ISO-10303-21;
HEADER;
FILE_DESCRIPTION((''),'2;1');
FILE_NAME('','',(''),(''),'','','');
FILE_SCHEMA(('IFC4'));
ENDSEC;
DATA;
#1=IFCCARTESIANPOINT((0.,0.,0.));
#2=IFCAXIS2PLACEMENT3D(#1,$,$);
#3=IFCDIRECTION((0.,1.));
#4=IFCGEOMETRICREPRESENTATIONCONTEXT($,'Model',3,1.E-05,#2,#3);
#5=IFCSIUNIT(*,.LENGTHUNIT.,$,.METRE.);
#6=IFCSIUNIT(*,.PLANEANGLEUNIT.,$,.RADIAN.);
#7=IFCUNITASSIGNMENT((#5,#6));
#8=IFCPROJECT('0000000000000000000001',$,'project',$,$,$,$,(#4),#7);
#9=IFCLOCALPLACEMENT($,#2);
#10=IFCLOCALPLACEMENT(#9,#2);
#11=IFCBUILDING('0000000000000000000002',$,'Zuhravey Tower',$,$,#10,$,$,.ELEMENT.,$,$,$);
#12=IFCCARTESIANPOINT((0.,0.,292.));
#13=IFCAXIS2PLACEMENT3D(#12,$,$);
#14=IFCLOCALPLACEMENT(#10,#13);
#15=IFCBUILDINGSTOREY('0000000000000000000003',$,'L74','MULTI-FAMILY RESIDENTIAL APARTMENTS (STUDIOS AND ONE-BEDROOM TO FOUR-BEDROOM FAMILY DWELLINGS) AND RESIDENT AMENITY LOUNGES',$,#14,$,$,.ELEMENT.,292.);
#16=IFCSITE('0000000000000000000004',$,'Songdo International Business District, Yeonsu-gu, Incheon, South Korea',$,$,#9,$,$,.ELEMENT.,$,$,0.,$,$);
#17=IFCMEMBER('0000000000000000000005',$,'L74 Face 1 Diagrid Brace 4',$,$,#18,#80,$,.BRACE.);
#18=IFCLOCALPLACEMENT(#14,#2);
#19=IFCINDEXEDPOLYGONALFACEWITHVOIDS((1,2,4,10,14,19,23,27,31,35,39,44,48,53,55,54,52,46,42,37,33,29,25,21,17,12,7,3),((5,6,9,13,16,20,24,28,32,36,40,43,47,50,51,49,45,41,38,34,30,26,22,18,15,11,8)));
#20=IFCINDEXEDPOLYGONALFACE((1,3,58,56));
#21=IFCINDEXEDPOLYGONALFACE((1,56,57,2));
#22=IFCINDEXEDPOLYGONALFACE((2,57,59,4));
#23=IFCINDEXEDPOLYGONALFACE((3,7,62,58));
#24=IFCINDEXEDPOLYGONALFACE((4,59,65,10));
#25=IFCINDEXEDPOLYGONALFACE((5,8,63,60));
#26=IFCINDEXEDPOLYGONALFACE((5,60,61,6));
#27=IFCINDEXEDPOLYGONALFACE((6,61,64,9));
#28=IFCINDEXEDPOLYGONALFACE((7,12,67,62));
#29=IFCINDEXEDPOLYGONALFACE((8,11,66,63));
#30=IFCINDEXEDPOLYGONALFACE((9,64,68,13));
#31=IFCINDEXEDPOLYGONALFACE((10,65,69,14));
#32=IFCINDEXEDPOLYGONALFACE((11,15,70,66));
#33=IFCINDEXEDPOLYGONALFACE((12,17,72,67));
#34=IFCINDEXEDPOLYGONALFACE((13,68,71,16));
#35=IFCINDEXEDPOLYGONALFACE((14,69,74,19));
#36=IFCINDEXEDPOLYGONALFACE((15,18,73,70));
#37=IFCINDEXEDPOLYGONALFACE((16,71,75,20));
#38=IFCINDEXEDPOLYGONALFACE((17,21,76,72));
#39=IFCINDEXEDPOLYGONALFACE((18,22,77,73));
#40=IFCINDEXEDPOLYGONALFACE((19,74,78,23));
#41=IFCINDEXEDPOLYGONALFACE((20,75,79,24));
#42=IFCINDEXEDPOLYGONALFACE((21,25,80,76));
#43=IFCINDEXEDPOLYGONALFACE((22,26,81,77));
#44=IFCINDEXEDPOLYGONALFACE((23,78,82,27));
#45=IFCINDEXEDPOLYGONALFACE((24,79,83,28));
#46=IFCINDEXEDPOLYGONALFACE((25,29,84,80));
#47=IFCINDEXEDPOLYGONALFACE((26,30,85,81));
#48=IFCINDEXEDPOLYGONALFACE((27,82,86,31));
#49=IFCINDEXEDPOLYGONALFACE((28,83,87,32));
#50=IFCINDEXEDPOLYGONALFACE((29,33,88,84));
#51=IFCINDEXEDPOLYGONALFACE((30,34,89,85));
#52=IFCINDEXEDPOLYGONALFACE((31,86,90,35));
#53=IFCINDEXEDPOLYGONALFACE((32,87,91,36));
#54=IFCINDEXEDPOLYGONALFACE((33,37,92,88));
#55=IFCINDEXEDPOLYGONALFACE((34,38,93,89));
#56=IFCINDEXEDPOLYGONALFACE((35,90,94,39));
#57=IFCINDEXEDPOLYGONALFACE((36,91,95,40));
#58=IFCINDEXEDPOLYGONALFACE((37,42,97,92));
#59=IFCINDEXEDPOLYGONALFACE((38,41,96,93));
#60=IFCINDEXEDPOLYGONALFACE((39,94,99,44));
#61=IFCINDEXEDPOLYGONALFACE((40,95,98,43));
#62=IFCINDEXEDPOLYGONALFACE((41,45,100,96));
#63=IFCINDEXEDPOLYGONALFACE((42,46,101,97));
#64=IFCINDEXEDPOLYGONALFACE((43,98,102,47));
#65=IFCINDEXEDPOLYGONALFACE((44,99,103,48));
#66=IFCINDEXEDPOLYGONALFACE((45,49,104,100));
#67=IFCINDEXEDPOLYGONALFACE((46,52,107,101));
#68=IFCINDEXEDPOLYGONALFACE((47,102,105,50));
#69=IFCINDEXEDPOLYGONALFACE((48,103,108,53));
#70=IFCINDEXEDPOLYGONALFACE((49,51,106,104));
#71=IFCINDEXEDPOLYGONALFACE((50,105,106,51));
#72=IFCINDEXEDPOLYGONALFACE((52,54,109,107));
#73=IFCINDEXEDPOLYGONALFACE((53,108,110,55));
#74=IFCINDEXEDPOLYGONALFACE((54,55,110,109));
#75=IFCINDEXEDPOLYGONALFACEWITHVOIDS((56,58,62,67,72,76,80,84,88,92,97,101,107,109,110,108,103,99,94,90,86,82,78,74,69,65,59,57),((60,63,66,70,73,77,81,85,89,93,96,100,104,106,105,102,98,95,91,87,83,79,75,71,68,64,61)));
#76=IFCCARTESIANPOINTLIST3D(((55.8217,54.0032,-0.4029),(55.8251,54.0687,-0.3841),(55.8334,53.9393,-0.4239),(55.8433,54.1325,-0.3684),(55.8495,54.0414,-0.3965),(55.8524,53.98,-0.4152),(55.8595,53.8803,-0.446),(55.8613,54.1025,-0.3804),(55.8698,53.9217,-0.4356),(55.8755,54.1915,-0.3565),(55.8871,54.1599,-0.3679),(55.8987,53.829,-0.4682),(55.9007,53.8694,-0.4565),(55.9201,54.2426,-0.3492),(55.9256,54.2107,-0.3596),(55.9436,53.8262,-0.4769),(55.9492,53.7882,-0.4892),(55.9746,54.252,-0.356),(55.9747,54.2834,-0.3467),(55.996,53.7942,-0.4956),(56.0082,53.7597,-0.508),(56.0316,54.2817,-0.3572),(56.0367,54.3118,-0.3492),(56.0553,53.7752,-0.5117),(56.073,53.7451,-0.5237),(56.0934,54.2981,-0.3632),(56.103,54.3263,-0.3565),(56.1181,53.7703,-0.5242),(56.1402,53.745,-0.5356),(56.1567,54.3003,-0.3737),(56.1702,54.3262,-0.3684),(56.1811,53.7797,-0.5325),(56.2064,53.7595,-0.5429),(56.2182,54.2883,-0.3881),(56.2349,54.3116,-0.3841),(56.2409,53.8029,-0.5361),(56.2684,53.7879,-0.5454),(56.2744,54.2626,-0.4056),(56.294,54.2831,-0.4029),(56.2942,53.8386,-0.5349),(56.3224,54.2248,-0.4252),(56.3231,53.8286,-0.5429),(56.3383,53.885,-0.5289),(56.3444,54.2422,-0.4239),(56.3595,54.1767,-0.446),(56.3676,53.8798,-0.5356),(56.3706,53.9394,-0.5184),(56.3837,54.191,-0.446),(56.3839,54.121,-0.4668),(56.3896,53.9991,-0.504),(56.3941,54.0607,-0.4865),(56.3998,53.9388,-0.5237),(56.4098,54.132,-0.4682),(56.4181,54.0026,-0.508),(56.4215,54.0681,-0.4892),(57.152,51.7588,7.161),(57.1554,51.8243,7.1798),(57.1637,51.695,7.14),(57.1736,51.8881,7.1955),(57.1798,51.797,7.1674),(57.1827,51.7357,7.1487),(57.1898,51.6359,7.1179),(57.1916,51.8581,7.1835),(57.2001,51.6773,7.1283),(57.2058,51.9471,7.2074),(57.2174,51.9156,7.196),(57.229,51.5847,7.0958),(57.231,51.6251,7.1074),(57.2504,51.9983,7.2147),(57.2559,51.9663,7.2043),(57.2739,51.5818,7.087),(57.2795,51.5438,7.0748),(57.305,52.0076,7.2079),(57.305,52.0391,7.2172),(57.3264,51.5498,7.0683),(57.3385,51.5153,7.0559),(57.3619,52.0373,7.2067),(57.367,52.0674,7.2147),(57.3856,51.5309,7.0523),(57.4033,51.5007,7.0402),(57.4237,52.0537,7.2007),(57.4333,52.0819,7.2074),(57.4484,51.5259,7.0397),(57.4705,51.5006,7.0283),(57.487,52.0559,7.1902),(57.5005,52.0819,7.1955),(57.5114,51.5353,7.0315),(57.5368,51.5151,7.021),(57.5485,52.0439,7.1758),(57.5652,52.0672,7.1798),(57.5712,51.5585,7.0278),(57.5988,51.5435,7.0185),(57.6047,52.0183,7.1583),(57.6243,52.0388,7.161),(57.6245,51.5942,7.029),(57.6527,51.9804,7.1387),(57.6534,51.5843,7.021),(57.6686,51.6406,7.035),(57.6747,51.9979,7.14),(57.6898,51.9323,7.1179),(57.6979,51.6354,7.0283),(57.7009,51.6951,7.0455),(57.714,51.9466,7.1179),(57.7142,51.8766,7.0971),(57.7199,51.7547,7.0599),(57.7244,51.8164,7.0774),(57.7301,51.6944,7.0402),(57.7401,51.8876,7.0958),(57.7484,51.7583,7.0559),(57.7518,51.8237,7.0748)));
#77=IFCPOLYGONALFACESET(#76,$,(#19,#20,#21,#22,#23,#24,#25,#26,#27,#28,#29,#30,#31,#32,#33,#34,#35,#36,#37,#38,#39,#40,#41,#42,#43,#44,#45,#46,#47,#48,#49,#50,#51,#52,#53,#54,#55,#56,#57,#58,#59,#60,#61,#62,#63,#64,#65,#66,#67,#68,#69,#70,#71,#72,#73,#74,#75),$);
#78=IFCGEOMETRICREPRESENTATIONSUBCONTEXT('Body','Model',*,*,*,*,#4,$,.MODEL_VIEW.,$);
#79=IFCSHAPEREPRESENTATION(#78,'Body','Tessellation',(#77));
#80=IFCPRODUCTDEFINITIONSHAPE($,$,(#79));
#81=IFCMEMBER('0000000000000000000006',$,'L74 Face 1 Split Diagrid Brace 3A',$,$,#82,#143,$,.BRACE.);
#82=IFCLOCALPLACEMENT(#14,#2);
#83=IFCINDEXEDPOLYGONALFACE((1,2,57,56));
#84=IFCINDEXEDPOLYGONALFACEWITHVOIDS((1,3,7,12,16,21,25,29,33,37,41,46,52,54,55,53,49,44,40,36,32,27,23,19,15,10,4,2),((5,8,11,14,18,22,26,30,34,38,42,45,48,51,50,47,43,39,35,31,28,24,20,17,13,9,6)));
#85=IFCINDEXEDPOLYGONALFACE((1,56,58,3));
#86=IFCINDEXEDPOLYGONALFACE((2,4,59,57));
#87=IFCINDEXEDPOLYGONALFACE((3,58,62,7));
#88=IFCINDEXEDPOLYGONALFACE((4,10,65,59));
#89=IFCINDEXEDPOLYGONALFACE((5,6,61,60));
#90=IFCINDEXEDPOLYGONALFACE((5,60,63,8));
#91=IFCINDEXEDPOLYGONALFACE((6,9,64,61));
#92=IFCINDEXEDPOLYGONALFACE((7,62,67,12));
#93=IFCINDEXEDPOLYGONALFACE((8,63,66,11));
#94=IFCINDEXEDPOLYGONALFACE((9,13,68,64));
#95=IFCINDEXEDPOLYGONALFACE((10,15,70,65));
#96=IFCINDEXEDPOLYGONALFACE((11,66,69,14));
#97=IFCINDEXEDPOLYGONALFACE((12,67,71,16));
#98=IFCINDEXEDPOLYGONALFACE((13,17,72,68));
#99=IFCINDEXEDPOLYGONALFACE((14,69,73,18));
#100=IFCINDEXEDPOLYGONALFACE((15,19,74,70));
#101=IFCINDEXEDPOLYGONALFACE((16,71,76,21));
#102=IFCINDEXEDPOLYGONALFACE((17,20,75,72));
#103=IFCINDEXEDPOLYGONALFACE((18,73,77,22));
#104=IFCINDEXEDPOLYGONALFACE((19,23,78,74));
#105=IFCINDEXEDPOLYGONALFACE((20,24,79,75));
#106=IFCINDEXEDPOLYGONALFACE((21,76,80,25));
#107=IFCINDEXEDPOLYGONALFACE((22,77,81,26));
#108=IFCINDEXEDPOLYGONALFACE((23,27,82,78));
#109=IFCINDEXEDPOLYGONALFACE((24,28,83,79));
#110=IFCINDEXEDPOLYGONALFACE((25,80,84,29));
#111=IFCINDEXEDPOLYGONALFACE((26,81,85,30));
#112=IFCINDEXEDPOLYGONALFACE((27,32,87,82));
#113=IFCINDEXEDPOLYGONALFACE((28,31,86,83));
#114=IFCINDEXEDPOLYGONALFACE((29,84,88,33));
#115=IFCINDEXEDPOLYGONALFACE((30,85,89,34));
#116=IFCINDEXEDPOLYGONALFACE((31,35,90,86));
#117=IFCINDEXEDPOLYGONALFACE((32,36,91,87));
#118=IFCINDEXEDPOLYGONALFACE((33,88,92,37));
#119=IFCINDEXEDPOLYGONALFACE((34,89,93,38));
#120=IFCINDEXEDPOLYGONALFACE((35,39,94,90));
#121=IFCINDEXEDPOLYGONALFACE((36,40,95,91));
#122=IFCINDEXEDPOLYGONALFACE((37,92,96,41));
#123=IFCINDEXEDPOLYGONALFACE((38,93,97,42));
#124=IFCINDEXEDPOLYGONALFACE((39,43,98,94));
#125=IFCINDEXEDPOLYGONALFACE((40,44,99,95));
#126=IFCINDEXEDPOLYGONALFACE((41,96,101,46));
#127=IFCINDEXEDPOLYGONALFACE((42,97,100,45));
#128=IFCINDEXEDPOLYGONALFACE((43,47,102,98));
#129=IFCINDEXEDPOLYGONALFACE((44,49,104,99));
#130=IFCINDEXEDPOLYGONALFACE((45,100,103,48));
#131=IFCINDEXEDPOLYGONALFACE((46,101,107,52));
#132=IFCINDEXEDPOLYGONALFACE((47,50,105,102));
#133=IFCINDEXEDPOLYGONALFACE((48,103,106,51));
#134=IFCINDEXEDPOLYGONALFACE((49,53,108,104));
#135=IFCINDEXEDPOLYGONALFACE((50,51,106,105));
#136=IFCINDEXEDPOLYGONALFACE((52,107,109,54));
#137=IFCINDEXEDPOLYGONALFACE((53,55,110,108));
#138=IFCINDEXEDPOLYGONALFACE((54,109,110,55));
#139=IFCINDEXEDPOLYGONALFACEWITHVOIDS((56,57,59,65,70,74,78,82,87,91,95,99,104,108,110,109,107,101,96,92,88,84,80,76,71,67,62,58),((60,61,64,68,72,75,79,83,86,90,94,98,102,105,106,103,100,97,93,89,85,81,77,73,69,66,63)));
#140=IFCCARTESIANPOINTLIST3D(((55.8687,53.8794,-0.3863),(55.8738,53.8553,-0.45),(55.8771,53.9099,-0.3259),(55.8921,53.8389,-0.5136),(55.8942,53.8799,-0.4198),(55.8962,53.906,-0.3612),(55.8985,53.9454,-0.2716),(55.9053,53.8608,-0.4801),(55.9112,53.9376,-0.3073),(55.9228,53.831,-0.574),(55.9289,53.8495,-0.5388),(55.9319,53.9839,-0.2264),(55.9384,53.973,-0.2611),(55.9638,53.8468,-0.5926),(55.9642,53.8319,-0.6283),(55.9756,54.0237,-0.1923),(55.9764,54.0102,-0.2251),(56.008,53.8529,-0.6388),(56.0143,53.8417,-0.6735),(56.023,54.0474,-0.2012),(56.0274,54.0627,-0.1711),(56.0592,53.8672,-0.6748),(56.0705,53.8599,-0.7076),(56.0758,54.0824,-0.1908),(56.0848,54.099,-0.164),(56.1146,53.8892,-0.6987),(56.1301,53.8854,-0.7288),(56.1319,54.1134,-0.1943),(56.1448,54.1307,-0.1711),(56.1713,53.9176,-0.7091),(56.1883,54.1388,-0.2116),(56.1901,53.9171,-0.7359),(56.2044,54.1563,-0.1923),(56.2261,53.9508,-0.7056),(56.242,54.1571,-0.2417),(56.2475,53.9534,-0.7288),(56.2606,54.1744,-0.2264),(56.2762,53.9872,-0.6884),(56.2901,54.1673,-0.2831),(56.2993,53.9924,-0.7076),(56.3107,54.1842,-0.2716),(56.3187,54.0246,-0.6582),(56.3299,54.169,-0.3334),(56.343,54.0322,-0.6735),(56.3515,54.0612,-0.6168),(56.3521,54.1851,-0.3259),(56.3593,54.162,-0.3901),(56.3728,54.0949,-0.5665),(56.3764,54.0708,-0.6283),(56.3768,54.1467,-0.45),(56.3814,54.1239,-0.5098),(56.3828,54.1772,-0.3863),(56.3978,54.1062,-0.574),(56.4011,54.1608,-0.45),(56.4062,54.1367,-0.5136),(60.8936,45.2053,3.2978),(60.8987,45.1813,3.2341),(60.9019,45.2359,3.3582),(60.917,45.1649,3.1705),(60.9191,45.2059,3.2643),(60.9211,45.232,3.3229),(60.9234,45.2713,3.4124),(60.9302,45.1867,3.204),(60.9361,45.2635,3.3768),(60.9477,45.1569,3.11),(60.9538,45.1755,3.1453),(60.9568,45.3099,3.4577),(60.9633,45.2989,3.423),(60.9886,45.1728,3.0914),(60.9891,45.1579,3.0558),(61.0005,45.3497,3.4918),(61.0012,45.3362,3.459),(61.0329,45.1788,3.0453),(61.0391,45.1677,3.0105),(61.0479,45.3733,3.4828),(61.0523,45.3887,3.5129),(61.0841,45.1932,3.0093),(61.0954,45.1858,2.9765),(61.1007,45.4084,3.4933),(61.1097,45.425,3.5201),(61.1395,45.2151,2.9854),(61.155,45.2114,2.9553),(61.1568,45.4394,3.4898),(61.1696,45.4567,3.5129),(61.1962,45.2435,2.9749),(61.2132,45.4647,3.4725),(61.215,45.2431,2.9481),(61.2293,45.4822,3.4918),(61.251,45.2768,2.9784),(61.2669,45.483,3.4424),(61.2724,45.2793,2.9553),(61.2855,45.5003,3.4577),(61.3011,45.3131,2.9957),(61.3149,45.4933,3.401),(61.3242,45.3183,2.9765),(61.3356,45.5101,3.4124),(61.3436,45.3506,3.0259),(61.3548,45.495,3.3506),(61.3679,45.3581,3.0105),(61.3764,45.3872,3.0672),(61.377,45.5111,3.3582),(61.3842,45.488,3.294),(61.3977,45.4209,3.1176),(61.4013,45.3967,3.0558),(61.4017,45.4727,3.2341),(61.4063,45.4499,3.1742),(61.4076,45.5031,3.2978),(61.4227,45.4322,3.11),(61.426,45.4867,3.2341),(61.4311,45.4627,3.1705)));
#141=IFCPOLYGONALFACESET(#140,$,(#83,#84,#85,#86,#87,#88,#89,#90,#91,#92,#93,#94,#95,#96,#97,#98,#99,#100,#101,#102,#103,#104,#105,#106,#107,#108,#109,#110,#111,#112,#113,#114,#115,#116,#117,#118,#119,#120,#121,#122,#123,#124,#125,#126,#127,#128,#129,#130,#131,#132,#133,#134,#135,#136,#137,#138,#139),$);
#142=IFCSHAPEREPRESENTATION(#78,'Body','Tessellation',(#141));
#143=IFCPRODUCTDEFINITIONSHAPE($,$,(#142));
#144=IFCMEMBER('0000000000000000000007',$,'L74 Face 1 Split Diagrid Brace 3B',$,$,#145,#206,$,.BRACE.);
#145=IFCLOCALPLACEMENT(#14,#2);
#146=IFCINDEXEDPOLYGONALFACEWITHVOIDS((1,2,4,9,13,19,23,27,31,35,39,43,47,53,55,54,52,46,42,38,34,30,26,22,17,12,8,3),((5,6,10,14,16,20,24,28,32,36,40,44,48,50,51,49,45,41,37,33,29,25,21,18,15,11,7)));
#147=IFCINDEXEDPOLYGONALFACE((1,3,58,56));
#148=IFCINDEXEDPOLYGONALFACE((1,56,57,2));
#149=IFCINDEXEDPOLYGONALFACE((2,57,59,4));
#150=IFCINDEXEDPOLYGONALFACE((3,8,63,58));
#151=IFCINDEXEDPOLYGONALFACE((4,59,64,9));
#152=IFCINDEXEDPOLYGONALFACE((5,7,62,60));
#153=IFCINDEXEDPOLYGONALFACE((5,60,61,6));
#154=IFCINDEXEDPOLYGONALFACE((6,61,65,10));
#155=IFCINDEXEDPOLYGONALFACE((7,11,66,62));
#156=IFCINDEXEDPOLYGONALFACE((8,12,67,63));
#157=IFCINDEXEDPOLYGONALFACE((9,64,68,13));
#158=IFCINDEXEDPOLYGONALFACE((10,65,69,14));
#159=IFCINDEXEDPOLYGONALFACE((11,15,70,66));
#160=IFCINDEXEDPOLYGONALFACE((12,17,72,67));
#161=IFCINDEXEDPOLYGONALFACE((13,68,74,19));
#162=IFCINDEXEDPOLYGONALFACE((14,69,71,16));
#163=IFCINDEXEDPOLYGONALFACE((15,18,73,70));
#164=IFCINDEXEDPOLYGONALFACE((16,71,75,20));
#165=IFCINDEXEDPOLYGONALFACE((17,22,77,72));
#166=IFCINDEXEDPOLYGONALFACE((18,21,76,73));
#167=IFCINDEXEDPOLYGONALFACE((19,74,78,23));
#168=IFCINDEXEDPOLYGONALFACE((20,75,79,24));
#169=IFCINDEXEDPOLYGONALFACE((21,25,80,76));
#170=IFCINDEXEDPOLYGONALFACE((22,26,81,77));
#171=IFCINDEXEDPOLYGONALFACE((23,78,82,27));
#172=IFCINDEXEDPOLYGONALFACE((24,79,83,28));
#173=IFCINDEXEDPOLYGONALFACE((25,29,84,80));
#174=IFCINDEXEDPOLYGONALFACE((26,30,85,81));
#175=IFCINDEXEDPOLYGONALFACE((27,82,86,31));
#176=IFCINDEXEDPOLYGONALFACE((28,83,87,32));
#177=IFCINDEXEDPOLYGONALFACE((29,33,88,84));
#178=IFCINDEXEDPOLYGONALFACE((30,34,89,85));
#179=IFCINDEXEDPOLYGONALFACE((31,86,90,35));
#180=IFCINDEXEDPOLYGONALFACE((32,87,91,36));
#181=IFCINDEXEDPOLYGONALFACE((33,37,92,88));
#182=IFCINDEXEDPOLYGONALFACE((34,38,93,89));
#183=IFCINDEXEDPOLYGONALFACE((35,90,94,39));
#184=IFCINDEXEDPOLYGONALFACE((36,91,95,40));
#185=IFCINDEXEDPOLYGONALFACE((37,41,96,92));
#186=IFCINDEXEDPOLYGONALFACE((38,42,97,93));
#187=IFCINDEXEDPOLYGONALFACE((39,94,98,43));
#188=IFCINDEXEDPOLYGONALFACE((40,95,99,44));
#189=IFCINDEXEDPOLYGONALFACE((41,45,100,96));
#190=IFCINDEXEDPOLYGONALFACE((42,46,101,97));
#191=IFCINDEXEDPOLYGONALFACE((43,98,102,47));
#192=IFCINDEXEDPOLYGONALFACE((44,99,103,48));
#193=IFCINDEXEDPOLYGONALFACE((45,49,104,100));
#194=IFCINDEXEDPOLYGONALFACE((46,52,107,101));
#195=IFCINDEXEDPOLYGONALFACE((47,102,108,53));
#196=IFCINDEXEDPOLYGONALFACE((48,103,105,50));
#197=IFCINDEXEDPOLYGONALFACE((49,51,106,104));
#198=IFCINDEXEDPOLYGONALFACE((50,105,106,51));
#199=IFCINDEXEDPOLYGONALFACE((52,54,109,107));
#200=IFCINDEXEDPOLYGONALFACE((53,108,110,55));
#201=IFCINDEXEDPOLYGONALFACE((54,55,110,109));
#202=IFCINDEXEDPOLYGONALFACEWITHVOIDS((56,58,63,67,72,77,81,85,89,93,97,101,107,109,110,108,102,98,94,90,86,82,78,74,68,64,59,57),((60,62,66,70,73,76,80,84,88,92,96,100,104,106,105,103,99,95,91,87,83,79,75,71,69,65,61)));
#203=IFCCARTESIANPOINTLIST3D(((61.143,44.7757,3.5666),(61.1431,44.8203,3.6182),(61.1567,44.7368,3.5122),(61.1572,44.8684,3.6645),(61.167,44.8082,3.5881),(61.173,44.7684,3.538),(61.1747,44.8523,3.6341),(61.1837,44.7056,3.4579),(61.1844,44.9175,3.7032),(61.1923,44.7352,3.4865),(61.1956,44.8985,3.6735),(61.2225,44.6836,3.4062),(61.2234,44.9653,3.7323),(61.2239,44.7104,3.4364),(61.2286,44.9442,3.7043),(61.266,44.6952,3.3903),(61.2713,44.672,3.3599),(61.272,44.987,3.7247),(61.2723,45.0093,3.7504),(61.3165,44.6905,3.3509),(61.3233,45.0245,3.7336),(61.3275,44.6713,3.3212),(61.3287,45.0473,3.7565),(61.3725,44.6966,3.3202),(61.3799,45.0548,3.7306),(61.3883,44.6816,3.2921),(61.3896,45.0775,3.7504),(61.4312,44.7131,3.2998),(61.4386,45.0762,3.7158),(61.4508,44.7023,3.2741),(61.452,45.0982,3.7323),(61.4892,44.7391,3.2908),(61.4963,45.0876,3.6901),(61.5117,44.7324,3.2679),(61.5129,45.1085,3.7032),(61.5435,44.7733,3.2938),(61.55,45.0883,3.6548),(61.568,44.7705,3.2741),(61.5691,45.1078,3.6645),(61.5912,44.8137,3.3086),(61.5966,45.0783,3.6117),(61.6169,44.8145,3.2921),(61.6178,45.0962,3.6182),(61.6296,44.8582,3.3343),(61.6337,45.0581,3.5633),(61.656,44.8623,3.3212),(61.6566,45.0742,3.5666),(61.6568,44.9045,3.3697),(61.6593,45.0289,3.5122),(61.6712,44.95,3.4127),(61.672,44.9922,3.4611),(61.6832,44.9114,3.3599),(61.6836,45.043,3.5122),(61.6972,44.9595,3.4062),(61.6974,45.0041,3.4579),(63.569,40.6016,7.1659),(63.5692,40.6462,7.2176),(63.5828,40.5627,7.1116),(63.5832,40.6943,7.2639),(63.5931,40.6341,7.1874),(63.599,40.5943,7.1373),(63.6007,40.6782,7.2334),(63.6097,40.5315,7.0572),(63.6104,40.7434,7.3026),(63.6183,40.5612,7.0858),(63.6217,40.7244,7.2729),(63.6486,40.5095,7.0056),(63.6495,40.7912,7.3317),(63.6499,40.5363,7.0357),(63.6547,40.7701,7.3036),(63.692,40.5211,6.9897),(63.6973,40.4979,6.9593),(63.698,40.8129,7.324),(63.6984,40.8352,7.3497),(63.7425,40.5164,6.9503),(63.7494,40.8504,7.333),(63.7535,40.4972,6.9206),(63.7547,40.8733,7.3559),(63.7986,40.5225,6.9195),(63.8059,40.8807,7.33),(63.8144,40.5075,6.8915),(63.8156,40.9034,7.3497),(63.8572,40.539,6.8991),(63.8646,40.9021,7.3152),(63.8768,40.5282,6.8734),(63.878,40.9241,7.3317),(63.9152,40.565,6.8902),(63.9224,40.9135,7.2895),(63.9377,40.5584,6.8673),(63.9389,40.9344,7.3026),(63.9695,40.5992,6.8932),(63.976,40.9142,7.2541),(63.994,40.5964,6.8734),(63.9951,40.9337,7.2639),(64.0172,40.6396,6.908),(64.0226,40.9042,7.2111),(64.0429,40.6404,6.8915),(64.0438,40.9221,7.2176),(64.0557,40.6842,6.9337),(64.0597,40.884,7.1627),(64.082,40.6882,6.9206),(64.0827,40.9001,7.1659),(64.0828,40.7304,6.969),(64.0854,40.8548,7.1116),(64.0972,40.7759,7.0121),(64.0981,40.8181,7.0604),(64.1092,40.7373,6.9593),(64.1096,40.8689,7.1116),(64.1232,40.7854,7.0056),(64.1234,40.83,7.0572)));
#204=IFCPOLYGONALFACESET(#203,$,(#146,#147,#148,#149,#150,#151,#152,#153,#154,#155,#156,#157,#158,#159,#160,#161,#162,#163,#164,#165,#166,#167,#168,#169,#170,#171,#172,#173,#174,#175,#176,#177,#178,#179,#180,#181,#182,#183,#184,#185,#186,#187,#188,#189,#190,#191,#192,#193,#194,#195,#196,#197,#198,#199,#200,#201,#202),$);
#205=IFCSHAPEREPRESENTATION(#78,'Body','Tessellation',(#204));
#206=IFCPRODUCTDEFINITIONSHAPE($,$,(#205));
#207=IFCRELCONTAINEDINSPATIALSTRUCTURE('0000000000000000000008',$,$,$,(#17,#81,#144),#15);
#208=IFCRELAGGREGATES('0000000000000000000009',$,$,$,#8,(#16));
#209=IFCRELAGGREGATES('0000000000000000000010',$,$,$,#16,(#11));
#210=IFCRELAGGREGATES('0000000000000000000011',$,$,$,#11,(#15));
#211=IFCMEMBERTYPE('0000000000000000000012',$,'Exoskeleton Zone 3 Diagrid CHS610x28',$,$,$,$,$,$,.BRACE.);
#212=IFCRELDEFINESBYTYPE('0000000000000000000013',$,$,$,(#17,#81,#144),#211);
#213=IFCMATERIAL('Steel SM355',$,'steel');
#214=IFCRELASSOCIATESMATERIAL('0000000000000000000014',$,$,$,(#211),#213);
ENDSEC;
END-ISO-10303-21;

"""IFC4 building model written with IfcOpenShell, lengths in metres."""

from ifc_helpers import new_model, si_unit, direction, frame, origin, origin_2d, place, context, subcontext, project, spatial, hollow_circle, extrude, material, material_profile, profile_set, type_object, element, save


model = new_model("IFC4")

# Units and contexts
model_context = context("Model", 3, precision=1e-05, world=origin(), true_north=direction((0.0, 1.0)))
body_context = subcontext(model_context, "Body", "Model", "MODEL_VIEW")
ifc_project = project(units=[si_unit("LENGTHUNIT", "METRE"), si_unit("PLANEANGLEUNIT", "RADIAN")], contexts=[model_context])

# Site, building, storey
site_placement = place(None, origin())
site = spatial("IfcSite", under=ifc_project, at=site_placement, Name="Songdo International Business District, Yeonsu-gu, Incheon, South Korea", CompositionType="ELEMENT", RefElevation=0.0)
building_placement = place(site_placement, origin())
building = spatial("IfcBuilding", under=site, at=building_placement, Name="Zuhravey Tower", CompositionType="ELEMENT")
storey_placement = place(building_placement, frame((0.0, 0.0, 292.0)))
storey = spatial("IfcBuildingStorey", under=building, at=storey_placement, Name="L74", Description="MULTI-FAMILY RESIDENTIAL APARTMENTS (STUDIOS AND ONE-BEDROOM TO FOUR-BEDROOM FAMILY DWELLINGS) AND RESIDENT AMENITY LOUNGES", CompositionType="ELEMENT", Elevation=292.0)

# Members
ifc_material_1 = material(Name="Steel SM355", Category="steel")
ifc_material_profile_1 = material_profile(ifc_material_1, hollow_circle(Radius=0.3047, WallThickness=0.0281, at=origin_2d()), Name="CHS-609.6x28")
ifc_profile_set_1 = profile_set([ifc_material_profile_1], Name="Steel SM355")
member_type_1 = type_object("IfcMemberType", Name="Exoskeleton Zone 3 Diagrid CHS610x28", PredefinedType="BRACE", material=ifc_profile_set_1)
member_1_placement = place(storey_placement, frame((56.1216, 54.0356, -0.446), z_axis=(0.166264, -0.280503, 0.945344), x_axis=(0.860238, 0.509892, 0.0)))
element("IfcMember", 1, at=member_1_placement, inside=storey, type_object=member_type_1, Name="L74 Face 1 Diagrid Brace 4", PredefinedType="BRACE", context=body_context, shape_type="SweptSolid", body=[
    extrude(hollow_circle(Radius=0.3047, WallThickness=0.0281, at=origin_2d()), origin(), (0.0, 0.0, 1.0), 8.0012),
])
member_2_placement = place(storey_placement, frame((56.1375, 54.0081, -0.45), z_axis=(0.470498, -0.812182, 0.344953), x_axis=(0.865293, 0.501266, 0.0)))
element("IfcMember", 2, at=member_2_placement, inside=storey, type_object=member_type_1, Name="L74 Face 1 Split Diagrid Brace 3A", PredefinedType="BRACE", context=body_context, shape_type="SweptSolid", body=[
    extrude(hollow_circle(Radius=0.3047, WallThickness=0.0281, at=origin_2d()), origin(), (0.0, 0.0, 1.0), 10.6799),
])
member_3_placement = place(storey_placement, frame((61.4202, 44.8899, 3.5122), z_axis=(0.402864, -0.693143, 0.597707), x_axis=(0.864576, 0.502503, 0.0)))
element("IfcMember", 3, at=member_3_placement, inside=storey, type_object=member_type_1, Name="L74 Face 1 Split Diagrid Brace 3B", PredefinedType="BRACE", context=body_context, shape_type="SweptSolid", body=[
    extrude(hollow_circle(Radius=0.3047, WallThickness=0.0281, at=origin_2d()), origin(), (0.0, 0.0, 1.0), 6.022),
])

save(model, "model.ifc")
